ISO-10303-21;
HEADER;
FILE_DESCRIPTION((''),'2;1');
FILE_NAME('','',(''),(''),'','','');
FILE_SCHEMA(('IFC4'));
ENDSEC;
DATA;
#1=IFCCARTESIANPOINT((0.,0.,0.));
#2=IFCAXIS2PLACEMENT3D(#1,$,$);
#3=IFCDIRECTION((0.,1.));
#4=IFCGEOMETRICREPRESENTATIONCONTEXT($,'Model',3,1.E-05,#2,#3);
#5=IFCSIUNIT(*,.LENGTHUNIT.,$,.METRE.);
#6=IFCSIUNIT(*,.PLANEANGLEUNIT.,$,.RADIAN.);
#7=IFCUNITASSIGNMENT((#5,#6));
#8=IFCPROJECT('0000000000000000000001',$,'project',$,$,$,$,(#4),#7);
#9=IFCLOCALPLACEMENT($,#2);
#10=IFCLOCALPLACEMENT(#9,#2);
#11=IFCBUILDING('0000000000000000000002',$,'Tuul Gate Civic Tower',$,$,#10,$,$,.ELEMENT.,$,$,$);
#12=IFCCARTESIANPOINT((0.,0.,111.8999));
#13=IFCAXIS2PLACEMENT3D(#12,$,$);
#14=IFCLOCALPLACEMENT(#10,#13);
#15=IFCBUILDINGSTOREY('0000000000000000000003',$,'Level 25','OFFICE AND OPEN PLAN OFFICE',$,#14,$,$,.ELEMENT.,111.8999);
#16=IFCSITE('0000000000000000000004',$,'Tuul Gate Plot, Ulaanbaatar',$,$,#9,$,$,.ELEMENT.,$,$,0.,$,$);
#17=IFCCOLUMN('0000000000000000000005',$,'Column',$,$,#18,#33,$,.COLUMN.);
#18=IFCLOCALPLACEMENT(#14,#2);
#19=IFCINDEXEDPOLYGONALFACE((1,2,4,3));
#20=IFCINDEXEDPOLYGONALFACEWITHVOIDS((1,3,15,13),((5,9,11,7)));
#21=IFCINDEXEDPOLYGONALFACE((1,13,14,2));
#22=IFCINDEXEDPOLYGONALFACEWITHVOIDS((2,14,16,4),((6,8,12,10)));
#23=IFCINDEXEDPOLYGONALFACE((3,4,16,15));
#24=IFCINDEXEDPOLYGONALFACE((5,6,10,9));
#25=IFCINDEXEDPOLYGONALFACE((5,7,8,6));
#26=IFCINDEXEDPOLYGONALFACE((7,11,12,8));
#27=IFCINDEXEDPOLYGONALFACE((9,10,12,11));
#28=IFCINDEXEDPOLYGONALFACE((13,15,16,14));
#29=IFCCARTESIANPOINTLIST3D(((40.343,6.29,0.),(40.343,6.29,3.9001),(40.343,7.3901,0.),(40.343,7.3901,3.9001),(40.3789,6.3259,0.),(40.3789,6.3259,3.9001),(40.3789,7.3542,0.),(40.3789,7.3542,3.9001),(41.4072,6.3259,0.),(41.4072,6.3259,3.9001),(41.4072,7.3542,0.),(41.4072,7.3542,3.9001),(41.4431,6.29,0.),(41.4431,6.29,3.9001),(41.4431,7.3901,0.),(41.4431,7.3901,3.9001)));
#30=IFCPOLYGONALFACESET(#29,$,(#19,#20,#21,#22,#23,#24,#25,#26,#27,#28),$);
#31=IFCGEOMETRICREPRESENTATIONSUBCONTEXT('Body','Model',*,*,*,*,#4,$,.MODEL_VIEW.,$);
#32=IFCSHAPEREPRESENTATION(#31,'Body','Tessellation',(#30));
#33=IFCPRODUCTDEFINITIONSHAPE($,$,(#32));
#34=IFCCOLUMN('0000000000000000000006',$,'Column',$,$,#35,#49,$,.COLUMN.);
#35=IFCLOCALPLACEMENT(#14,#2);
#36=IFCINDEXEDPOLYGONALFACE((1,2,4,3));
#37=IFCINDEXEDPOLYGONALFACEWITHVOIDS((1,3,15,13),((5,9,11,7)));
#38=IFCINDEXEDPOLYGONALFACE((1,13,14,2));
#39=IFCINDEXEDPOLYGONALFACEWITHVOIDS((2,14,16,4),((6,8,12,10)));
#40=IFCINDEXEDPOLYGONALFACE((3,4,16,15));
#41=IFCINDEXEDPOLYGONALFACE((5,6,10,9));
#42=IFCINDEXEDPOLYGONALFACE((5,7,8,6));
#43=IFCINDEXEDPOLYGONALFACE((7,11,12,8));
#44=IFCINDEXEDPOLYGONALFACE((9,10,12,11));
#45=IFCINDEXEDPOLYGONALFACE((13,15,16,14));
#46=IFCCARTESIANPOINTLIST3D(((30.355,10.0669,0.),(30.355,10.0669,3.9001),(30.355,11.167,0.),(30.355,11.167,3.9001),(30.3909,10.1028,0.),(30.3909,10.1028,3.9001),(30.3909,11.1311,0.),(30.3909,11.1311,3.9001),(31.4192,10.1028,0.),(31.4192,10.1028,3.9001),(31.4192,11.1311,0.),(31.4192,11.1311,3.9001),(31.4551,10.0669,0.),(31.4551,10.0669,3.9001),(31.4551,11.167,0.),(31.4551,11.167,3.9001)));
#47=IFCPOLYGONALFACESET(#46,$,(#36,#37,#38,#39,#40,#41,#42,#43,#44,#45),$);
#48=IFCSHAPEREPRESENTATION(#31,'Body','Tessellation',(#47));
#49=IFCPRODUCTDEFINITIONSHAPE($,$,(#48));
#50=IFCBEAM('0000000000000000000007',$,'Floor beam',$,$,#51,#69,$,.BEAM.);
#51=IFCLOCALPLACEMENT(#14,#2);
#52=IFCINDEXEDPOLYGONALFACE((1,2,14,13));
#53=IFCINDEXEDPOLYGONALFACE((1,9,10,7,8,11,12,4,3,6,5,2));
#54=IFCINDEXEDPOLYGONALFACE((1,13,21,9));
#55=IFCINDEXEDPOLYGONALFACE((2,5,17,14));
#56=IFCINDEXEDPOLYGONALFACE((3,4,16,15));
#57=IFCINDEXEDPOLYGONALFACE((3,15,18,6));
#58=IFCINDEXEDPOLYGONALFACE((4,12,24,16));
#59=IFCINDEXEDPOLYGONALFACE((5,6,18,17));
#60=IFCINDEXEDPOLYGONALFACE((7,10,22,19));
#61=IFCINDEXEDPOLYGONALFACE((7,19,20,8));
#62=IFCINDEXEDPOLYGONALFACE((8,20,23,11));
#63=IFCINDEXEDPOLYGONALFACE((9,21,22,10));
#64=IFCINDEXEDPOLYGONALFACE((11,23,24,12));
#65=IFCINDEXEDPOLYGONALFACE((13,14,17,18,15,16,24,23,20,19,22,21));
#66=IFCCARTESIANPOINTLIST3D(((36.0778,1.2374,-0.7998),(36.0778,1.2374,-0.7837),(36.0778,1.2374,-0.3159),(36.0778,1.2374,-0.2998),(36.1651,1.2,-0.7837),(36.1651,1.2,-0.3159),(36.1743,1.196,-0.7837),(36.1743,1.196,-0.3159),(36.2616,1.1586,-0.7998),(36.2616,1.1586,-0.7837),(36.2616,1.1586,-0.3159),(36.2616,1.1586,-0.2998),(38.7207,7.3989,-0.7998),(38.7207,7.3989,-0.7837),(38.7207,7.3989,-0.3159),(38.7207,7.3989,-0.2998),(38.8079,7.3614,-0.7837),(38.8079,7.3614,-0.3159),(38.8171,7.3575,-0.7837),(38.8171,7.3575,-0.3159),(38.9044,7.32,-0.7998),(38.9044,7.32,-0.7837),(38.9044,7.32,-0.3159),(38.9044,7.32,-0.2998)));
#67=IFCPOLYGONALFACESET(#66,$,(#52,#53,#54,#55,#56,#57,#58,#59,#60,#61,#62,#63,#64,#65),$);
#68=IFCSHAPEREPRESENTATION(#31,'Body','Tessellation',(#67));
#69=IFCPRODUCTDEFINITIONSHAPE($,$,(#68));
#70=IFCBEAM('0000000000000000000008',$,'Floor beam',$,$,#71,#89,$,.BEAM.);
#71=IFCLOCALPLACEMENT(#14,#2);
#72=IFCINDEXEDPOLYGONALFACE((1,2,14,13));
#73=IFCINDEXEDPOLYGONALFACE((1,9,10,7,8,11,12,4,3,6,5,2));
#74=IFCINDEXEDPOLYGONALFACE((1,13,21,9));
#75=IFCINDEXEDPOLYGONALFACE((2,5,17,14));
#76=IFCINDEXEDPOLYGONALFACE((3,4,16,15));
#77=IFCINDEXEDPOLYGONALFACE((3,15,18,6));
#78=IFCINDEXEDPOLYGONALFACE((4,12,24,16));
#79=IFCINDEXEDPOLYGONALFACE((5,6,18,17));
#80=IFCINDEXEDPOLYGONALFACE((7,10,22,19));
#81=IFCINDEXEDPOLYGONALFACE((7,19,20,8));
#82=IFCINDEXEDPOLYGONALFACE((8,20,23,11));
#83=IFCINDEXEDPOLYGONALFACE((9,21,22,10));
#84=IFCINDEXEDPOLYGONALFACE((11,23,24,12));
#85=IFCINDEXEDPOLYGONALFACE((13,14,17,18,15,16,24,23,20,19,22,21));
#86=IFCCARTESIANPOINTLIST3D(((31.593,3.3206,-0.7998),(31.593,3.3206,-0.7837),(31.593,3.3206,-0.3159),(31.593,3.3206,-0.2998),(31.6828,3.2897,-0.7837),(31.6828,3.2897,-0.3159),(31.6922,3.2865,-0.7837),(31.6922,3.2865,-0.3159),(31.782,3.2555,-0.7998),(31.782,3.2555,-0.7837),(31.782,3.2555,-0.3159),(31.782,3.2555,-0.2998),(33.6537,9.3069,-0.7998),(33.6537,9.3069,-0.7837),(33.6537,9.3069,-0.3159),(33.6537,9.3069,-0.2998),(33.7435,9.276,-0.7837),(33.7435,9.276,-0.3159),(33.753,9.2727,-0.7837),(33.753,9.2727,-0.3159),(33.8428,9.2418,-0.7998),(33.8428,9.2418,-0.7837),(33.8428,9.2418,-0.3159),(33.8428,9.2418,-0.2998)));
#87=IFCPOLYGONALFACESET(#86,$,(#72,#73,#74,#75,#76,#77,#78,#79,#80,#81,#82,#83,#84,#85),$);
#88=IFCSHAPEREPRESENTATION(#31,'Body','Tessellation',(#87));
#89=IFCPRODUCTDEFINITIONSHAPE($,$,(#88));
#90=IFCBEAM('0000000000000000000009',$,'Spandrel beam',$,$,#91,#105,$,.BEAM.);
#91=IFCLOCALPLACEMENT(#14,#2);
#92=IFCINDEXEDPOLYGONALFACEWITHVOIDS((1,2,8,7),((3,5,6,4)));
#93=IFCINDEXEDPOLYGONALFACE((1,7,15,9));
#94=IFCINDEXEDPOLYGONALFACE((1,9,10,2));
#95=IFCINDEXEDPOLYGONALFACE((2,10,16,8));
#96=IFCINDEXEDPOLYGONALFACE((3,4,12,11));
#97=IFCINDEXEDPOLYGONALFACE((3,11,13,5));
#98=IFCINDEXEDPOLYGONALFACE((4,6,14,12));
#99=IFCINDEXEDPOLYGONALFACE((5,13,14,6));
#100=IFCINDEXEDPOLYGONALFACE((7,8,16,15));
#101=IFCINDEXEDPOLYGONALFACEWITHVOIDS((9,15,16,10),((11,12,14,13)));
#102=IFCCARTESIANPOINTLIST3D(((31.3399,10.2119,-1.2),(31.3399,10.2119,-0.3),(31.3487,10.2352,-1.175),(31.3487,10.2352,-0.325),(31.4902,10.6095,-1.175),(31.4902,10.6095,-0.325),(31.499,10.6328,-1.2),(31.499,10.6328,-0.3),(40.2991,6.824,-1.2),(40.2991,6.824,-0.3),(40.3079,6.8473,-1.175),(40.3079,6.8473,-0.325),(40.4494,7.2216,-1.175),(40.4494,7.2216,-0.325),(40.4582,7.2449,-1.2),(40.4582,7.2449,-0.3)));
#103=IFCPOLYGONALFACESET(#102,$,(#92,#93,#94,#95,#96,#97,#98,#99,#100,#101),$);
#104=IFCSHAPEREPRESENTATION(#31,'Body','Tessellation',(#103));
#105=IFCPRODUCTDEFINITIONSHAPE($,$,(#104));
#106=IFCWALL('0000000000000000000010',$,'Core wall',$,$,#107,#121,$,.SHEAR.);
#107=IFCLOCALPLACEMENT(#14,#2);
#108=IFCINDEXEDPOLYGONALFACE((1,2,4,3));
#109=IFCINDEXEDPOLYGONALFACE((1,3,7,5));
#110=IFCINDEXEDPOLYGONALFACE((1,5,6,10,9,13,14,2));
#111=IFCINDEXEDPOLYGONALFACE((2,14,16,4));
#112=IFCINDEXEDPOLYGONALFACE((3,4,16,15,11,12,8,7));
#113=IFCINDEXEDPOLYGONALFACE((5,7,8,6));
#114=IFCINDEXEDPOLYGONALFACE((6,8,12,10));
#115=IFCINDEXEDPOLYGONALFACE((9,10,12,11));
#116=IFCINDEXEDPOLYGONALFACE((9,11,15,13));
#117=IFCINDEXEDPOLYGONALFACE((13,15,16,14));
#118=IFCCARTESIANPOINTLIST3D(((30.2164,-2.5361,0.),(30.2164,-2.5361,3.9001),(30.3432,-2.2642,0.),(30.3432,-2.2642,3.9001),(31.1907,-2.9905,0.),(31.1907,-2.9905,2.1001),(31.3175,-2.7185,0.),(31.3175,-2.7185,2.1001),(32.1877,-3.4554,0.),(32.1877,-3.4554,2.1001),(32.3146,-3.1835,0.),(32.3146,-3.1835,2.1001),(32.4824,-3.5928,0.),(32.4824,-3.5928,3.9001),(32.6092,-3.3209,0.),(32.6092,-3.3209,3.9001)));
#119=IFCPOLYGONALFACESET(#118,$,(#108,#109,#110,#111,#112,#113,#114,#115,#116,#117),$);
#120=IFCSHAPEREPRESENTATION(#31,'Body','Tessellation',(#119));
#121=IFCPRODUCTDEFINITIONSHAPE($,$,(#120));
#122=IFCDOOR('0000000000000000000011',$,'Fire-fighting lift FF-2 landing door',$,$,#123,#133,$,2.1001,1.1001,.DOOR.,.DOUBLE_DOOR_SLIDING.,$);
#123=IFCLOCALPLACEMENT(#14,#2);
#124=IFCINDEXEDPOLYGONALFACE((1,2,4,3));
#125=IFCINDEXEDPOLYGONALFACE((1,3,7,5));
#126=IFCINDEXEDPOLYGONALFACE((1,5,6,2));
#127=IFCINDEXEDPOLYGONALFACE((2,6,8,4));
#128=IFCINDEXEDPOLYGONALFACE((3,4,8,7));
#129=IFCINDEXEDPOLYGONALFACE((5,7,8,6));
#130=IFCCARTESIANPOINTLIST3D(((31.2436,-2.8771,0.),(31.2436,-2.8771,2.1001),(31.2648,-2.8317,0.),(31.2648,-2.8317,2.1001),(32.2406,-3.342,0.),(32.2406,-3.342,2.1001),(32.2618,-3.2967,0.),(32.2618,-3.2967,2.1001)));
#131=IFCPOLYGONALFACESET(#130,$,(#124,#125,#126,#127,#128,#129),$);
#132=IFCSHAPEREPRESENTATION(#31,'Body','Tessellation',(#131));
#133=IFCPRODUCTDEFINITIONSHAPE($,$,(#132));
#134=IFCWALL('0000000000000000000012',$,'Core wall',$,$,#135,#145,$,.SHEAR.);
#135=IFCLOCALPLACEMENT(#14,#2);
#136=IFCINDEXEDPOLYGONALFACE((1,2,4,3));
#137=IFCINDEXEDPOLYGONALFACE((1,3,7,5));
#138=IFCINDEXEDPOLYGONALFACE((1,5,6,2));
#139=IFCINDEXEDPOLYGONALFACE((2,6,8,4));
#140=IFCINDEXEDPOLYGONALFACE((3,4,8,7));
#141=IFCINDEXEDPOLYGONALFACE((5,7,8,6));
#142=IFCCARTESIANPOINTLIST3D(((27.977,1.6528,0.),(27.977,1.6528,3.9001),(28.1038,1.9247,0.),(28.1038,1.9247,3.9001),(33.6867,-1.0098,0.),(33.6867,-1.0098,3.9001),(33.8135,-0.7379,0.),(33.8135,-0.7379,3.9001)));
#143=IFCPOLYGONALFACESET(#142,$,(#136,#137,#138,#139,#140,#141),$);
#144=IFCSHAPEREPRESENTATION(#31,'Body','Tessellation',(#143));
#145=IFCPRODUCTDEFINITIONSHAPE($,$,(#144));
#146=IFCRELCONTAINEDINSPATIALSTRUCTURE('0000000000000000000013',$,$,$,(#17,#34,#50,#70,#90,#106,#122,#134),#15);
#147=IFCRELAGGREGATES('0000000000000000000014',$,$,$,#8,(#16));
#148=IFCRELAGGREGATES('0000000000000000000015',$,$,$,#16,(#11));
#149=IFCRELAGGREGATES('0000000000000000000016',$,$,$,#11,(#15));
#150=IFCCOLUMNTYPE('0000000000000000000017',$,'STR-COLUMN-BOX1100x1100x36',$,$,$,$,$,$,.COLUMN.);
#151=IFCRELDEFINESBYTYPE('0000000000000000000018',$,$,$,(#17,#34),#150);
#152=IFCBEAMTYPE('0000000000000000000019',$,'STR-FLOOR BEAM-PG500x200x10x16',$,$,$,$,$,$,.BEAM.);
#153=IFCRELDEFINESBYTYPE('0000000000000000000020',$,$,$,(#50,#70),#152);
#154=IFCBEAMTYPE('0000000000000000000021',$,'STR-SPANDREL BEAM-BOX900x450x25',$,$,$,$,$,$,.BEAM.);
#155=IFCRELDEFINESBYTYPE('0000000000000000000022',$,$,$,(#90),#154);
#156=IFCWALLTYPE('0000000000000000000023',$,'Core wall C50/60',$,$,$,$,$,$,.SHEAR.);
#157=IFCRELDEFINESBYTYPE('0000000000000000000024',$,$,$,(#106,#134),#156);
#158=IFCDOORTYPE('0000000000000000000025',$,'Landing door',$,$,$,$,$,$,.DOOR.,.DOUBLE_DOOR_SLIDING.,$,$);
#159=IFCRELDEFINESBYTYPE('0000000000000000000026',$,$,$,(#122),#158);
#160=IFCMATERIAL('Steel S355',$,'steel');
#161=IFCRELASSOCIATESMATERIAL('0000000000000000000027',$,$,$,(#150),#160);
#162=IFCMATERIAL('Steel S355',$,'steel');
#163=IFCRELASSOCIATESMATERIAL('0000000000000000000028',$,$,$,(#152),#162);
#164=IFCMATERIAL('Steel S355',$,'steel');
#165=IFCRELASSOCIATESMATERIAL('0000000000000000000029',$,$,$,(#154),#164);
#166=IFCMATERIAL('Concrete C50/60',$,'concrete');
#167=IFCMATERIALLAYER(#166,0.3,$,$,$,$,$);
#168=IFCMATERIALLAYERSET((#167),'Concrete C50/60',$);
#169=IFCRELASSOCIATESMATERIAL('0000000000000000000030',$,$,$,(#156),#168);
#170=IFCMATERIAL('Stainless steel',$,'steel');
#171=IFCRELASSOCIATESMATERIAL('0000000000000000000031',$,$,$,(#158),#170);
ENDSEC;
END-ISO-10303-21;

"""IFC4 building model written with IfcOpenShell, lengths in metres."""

from ifc_helpers import new_model, si_unit, direction, frame, frame_2d, origin, origin_2d, place, context, subcontext, project, spatial, rectangle, hollow_rectangle, i_section, extrude, material, layer, layer_set, material_profile, profile_set, type_object, element, fill, save


model = new_model("IFC4")

# Units and contexts
model_context = context("Model", 3, precision=1e-05, world=origin(), true_north=direction((0.0, 1.0)))
body_context = subcontext(model_context, "Body", "Model", "MODEL_VIEW")
ifc_project = project(units=[si_unit("LENGTHUNIT", "METRE"), si_unit("PLANEANGLEUNIT", "RADIAN")], contexts=[model_context])

# Site, building, storey
site_placement = place(None, origin())
site = spatial("IfcSite", under=ifc_project, at=site_placement, Name="Tuul Gate Plot, Ulaanbaatar", CompositionType="ELEMENT", RefElevation=0.0)
building_placement = place(site_placement, origin())
building = spatial("IfcBuilding", under=site, at=building_placement, Name="Tuul Gate Civic Tower", CompositionType="ELEMENT")
storey_placement = place(building_placement, frame((0.0, 0.0, 111.8999)))
storey = spatial("IfcBuildingStorey", under=building, at=storey_placement, Name="Level 25", Description="OFFICE AND OPEN PLAN OFFICE", CompositionType="ELEMENT", Elevation=111.8999)

# Columns
ifc_material_1 = material(Name="Steel S355", Category="steel")
ifc_material_profile_1 = material_profile(ifc_material_1, hollow_rectangle(XDim=1.1001, YDim=1.1001, WallThickness=0.0359, at=origin_2d()), Name="BOX1100x1100x36")
ifc_profile_set_1 = profile_set([ifc_material_profile_1], Name="Steel S355")
column_type = type_object("IfcColumnType", Name="STR-COLUMN-BOX1100x1100x36", PredefinedType="COLUMN", material=ifc_profile_set_1)
for number, where, z_axis, x_axis, name in (
    (1, (40.8931, 6.8401, 0.0), (0.0, 0.0, 1.0), (1.0, 0.0, 0.0), "Column"),
    (2, (30.905, 10.6169, 0.0), (0.0, 0.0, 1.0), (1.0, 0.0, 0.0), "Column"),
):
    element("IfcColumn", number, at=place(storey_placement, frame(where, z_axis=z_axis, x_axis=x_axis)), inside=storey, type_object=column_type, Name=name, PredefinedType="COLUMN", context=body_context, shape_type="SweptSolid", body=[
        extrude(hollow_rectangle(XDim=1.1001, YDim=1.1001, WallThickness=0.0359, at=origin_2d()), origin(), (0.0, 0.0, 1.0), 3.9001),
    ])

# Beams
ifc_material_2 = material(Name="Steel S355", Category="steel")
ifc_material_profile_2 = material_profile(ifc_material_2, i_section(OverallWidth=0.2, OverallDepth=0.5, WebThickness=0.01, FlangeThickness=0.0161, at=origin_2d()), Name="PG500x200x10x16")
ifc_profile_set_2 = profile_set([ifc_material_profile_2], Name="Steel S355")
beam_type_1 = type_object("IfcBeamType", Name="STR-FLOOR BEAM-PG500x200x10x16", PredefinedType="BEAM", material=ifc_profile_set_2)
beam_1_placement = place(storey_placement, frame((36.1697, 1.198, -0.5498), z_axis=(0.394201, 0.919024, 0.0), x_axis=(-0.919024, 0.394201, 0.0)))
element("IfcBeam", 3, at=beam_1_placement, inside=storey, type_object=beam_type_1, Name="Floor beam", PredefinedType="BEAM", context=body_context, shape_type="SweptSolid", body=[
    extrude(i_section(OverallWidth=0.2, OverallDepth=0.5, WebThickness=0.01, FlangeThickness=0.0161, at=origin_2d()), origin(), (0.0, 0.0, 1.0), 6.7043),
])
beam_2_placement = place(storey_placement, frame((31.6875, 3.2881, -0.5498), z_axis=(0.325502, 0.945541, 0.0), x_axis=(-0.945541, 0.325502, 0.0)))
element("IfcBeam", 4, at=beam_2_placement, inside=storey, type_object=beam_type_1, Name="Floor beam", PredefinedType="BEAM", context=body_context, shape_type="SweptSolid", body=[
    extrude(i_section(OverallWidth=0.2, OverallDepth=0.5, WebThickness=0.01, FlangeThickness=0.0161, at=origin_2d()), origin(), (0.0, 0.0, 1.0), 6.3311),
])
ifc_material_3 = material(Name="Steel S355", Category="steel")
ifc_material_profile_3 = material_profile(ifc_material_3, hollow_rectangle(XDim=0.45, YDim=0.8999, WallThickness=0.0249, at=origin_2d()), Name="BOX900x450x25")
ifc_profile_set_3 = profile_set([ifc_material_profile_3], Name="Steel S355")
beam_type_2 = type_object("IfcBeamType", Name="STR-SPANDREL BEAM-BOX900x450x25", PredefinedType="BEAM", material=ifc_profile_set_3)
beam_3_placement = place(storey_placement, frame((40.3787, 7.0344, -0.75), z_axis=(-0.935357, 0.353706, 0.0), x_axis=(-0.353706, -0.935357, 0.0)))
element("IfcBeam", 5, at=beam_3_placement, inside=storey, type_object=beam_type_2, Name="Spandrel beam", PredefinedType="BEAM", context=body_context, shape_type="SweptSolid", body=[
    extrude(hollow_rectangle(XDim=0.45, YDim=0.8999, WallThickness=0.0249, at=origin_2d()), origin(), (0.0, 0.0, 1.0), 9.5784),
])

# Wall, opening, door
ifc_material_4 = material(Name="Concrete C50/60", Category="concrete")
ifc_layer_1 = layer(ifc_material_4, 0.3)
ifc_layer_set_1 = layer_set([ifc_layer_1], Name="Concrete C50/60")
wall_type_1 = type_object("IfcWallType", Name="Core wall C50/60", PredefinedType="SHEAR", material=ifc_layer_set_1)
wall_1_placement = place(storey_placement, frame((32.5457, -3.4568, 0.0), z_axis=(0.0, 0.0, 1.0), x_axis=(-0.9063, 0.422634, 0.0)))
wall_1 = element("IfcWall", 6, at=wall_1_placement, inside=storey, type_object=wall_type_1, Name="Core wall", PredefinedType="SHEAR", context=body_context, shape_type="SweptSolid", body=[
    extrude(rectangle(XDim=2.5002, YDim=0.3, at=frame_2d((1.25, 0.0))), origin(), (0.0, 0.0, 1.0), 3.9001),
])
opening_1_placement = place(wall_1_placement, frame((0.325, 0.0, 0.0)))
opening_1 = element("IfcOpeningElement", 7, at=opening_1_placement, cuts=wall_1, PredefinedType="OPENING", context=body_context, shape_type="SweptSolid", body=[
    extrude(rectangle(XDim=1.1001, YDim=2.1001, at=frame_2d((0.55, 1.05))), frame((0.0, 0.1602, 0.0), z_axis=(0.0, -1.0, 0.0), x_axis=(1.0, 0.0, 0.0)), (0.0, 0.0, 1.0), 0.3201),
])
ifc_material_5 = material(Name="Stainless steel", Category="steel")
door_type_1 = type_object("IfcDoorType", Name="Landing door", OperationType="DOUBLE_DOOR_SLIDING", PredefinedType="DOOR", material=ifc_material_5)
door_1_placement = place(opening_1_placement, origin())
door_1 = element("IfcDoor", 8, at=door_1_placement, inside=storey, type_object=door_type_1, Name="Fire-fighting lift FF-2 landing door", OperationType="DOUBLE_DOOR_SLIDING", OverallHeight=2.1001, OverallWidth=1.1001, PredefinedType="DOOR", context=body_context, shape_type="SweptSolid", body=[
    extrude(rectangle(XDim=1.1001, YDim=2.1001, at=frame_2d((0.55, 1.05))), frame((0.0, 0.0249, 0.0), z_axis=(0.0, -1.0, 0.0), x_axis=(1.0, 0.0, 0.0)), (0.0, 0.0, 1.0), 0.05),
])
fill(opening_1, door_1)

# Wall
wall_2_placement = place(storey_placement, frame((33.75, -0.8738, 0.0), z_axis=(0.0, 0.0, 1.0), x_axis=(-0.906301, 0.422633, 0.0)))
element("IfcWall", 9, at=wall_2_placement, inside=storey, type_object=wall_type_1, Name="Core wall", PredefinedType="SHEAR", context=body_context, shape_type="SweptSolid", body=[
    extrude(rectangle(XDim=6.3, YDim=0.3, at=frame_2d((3.1499, 0.0))), origin(), (0.0, 0.0, 1.0), 3.9001),
])

save(model, "model.ifc")
